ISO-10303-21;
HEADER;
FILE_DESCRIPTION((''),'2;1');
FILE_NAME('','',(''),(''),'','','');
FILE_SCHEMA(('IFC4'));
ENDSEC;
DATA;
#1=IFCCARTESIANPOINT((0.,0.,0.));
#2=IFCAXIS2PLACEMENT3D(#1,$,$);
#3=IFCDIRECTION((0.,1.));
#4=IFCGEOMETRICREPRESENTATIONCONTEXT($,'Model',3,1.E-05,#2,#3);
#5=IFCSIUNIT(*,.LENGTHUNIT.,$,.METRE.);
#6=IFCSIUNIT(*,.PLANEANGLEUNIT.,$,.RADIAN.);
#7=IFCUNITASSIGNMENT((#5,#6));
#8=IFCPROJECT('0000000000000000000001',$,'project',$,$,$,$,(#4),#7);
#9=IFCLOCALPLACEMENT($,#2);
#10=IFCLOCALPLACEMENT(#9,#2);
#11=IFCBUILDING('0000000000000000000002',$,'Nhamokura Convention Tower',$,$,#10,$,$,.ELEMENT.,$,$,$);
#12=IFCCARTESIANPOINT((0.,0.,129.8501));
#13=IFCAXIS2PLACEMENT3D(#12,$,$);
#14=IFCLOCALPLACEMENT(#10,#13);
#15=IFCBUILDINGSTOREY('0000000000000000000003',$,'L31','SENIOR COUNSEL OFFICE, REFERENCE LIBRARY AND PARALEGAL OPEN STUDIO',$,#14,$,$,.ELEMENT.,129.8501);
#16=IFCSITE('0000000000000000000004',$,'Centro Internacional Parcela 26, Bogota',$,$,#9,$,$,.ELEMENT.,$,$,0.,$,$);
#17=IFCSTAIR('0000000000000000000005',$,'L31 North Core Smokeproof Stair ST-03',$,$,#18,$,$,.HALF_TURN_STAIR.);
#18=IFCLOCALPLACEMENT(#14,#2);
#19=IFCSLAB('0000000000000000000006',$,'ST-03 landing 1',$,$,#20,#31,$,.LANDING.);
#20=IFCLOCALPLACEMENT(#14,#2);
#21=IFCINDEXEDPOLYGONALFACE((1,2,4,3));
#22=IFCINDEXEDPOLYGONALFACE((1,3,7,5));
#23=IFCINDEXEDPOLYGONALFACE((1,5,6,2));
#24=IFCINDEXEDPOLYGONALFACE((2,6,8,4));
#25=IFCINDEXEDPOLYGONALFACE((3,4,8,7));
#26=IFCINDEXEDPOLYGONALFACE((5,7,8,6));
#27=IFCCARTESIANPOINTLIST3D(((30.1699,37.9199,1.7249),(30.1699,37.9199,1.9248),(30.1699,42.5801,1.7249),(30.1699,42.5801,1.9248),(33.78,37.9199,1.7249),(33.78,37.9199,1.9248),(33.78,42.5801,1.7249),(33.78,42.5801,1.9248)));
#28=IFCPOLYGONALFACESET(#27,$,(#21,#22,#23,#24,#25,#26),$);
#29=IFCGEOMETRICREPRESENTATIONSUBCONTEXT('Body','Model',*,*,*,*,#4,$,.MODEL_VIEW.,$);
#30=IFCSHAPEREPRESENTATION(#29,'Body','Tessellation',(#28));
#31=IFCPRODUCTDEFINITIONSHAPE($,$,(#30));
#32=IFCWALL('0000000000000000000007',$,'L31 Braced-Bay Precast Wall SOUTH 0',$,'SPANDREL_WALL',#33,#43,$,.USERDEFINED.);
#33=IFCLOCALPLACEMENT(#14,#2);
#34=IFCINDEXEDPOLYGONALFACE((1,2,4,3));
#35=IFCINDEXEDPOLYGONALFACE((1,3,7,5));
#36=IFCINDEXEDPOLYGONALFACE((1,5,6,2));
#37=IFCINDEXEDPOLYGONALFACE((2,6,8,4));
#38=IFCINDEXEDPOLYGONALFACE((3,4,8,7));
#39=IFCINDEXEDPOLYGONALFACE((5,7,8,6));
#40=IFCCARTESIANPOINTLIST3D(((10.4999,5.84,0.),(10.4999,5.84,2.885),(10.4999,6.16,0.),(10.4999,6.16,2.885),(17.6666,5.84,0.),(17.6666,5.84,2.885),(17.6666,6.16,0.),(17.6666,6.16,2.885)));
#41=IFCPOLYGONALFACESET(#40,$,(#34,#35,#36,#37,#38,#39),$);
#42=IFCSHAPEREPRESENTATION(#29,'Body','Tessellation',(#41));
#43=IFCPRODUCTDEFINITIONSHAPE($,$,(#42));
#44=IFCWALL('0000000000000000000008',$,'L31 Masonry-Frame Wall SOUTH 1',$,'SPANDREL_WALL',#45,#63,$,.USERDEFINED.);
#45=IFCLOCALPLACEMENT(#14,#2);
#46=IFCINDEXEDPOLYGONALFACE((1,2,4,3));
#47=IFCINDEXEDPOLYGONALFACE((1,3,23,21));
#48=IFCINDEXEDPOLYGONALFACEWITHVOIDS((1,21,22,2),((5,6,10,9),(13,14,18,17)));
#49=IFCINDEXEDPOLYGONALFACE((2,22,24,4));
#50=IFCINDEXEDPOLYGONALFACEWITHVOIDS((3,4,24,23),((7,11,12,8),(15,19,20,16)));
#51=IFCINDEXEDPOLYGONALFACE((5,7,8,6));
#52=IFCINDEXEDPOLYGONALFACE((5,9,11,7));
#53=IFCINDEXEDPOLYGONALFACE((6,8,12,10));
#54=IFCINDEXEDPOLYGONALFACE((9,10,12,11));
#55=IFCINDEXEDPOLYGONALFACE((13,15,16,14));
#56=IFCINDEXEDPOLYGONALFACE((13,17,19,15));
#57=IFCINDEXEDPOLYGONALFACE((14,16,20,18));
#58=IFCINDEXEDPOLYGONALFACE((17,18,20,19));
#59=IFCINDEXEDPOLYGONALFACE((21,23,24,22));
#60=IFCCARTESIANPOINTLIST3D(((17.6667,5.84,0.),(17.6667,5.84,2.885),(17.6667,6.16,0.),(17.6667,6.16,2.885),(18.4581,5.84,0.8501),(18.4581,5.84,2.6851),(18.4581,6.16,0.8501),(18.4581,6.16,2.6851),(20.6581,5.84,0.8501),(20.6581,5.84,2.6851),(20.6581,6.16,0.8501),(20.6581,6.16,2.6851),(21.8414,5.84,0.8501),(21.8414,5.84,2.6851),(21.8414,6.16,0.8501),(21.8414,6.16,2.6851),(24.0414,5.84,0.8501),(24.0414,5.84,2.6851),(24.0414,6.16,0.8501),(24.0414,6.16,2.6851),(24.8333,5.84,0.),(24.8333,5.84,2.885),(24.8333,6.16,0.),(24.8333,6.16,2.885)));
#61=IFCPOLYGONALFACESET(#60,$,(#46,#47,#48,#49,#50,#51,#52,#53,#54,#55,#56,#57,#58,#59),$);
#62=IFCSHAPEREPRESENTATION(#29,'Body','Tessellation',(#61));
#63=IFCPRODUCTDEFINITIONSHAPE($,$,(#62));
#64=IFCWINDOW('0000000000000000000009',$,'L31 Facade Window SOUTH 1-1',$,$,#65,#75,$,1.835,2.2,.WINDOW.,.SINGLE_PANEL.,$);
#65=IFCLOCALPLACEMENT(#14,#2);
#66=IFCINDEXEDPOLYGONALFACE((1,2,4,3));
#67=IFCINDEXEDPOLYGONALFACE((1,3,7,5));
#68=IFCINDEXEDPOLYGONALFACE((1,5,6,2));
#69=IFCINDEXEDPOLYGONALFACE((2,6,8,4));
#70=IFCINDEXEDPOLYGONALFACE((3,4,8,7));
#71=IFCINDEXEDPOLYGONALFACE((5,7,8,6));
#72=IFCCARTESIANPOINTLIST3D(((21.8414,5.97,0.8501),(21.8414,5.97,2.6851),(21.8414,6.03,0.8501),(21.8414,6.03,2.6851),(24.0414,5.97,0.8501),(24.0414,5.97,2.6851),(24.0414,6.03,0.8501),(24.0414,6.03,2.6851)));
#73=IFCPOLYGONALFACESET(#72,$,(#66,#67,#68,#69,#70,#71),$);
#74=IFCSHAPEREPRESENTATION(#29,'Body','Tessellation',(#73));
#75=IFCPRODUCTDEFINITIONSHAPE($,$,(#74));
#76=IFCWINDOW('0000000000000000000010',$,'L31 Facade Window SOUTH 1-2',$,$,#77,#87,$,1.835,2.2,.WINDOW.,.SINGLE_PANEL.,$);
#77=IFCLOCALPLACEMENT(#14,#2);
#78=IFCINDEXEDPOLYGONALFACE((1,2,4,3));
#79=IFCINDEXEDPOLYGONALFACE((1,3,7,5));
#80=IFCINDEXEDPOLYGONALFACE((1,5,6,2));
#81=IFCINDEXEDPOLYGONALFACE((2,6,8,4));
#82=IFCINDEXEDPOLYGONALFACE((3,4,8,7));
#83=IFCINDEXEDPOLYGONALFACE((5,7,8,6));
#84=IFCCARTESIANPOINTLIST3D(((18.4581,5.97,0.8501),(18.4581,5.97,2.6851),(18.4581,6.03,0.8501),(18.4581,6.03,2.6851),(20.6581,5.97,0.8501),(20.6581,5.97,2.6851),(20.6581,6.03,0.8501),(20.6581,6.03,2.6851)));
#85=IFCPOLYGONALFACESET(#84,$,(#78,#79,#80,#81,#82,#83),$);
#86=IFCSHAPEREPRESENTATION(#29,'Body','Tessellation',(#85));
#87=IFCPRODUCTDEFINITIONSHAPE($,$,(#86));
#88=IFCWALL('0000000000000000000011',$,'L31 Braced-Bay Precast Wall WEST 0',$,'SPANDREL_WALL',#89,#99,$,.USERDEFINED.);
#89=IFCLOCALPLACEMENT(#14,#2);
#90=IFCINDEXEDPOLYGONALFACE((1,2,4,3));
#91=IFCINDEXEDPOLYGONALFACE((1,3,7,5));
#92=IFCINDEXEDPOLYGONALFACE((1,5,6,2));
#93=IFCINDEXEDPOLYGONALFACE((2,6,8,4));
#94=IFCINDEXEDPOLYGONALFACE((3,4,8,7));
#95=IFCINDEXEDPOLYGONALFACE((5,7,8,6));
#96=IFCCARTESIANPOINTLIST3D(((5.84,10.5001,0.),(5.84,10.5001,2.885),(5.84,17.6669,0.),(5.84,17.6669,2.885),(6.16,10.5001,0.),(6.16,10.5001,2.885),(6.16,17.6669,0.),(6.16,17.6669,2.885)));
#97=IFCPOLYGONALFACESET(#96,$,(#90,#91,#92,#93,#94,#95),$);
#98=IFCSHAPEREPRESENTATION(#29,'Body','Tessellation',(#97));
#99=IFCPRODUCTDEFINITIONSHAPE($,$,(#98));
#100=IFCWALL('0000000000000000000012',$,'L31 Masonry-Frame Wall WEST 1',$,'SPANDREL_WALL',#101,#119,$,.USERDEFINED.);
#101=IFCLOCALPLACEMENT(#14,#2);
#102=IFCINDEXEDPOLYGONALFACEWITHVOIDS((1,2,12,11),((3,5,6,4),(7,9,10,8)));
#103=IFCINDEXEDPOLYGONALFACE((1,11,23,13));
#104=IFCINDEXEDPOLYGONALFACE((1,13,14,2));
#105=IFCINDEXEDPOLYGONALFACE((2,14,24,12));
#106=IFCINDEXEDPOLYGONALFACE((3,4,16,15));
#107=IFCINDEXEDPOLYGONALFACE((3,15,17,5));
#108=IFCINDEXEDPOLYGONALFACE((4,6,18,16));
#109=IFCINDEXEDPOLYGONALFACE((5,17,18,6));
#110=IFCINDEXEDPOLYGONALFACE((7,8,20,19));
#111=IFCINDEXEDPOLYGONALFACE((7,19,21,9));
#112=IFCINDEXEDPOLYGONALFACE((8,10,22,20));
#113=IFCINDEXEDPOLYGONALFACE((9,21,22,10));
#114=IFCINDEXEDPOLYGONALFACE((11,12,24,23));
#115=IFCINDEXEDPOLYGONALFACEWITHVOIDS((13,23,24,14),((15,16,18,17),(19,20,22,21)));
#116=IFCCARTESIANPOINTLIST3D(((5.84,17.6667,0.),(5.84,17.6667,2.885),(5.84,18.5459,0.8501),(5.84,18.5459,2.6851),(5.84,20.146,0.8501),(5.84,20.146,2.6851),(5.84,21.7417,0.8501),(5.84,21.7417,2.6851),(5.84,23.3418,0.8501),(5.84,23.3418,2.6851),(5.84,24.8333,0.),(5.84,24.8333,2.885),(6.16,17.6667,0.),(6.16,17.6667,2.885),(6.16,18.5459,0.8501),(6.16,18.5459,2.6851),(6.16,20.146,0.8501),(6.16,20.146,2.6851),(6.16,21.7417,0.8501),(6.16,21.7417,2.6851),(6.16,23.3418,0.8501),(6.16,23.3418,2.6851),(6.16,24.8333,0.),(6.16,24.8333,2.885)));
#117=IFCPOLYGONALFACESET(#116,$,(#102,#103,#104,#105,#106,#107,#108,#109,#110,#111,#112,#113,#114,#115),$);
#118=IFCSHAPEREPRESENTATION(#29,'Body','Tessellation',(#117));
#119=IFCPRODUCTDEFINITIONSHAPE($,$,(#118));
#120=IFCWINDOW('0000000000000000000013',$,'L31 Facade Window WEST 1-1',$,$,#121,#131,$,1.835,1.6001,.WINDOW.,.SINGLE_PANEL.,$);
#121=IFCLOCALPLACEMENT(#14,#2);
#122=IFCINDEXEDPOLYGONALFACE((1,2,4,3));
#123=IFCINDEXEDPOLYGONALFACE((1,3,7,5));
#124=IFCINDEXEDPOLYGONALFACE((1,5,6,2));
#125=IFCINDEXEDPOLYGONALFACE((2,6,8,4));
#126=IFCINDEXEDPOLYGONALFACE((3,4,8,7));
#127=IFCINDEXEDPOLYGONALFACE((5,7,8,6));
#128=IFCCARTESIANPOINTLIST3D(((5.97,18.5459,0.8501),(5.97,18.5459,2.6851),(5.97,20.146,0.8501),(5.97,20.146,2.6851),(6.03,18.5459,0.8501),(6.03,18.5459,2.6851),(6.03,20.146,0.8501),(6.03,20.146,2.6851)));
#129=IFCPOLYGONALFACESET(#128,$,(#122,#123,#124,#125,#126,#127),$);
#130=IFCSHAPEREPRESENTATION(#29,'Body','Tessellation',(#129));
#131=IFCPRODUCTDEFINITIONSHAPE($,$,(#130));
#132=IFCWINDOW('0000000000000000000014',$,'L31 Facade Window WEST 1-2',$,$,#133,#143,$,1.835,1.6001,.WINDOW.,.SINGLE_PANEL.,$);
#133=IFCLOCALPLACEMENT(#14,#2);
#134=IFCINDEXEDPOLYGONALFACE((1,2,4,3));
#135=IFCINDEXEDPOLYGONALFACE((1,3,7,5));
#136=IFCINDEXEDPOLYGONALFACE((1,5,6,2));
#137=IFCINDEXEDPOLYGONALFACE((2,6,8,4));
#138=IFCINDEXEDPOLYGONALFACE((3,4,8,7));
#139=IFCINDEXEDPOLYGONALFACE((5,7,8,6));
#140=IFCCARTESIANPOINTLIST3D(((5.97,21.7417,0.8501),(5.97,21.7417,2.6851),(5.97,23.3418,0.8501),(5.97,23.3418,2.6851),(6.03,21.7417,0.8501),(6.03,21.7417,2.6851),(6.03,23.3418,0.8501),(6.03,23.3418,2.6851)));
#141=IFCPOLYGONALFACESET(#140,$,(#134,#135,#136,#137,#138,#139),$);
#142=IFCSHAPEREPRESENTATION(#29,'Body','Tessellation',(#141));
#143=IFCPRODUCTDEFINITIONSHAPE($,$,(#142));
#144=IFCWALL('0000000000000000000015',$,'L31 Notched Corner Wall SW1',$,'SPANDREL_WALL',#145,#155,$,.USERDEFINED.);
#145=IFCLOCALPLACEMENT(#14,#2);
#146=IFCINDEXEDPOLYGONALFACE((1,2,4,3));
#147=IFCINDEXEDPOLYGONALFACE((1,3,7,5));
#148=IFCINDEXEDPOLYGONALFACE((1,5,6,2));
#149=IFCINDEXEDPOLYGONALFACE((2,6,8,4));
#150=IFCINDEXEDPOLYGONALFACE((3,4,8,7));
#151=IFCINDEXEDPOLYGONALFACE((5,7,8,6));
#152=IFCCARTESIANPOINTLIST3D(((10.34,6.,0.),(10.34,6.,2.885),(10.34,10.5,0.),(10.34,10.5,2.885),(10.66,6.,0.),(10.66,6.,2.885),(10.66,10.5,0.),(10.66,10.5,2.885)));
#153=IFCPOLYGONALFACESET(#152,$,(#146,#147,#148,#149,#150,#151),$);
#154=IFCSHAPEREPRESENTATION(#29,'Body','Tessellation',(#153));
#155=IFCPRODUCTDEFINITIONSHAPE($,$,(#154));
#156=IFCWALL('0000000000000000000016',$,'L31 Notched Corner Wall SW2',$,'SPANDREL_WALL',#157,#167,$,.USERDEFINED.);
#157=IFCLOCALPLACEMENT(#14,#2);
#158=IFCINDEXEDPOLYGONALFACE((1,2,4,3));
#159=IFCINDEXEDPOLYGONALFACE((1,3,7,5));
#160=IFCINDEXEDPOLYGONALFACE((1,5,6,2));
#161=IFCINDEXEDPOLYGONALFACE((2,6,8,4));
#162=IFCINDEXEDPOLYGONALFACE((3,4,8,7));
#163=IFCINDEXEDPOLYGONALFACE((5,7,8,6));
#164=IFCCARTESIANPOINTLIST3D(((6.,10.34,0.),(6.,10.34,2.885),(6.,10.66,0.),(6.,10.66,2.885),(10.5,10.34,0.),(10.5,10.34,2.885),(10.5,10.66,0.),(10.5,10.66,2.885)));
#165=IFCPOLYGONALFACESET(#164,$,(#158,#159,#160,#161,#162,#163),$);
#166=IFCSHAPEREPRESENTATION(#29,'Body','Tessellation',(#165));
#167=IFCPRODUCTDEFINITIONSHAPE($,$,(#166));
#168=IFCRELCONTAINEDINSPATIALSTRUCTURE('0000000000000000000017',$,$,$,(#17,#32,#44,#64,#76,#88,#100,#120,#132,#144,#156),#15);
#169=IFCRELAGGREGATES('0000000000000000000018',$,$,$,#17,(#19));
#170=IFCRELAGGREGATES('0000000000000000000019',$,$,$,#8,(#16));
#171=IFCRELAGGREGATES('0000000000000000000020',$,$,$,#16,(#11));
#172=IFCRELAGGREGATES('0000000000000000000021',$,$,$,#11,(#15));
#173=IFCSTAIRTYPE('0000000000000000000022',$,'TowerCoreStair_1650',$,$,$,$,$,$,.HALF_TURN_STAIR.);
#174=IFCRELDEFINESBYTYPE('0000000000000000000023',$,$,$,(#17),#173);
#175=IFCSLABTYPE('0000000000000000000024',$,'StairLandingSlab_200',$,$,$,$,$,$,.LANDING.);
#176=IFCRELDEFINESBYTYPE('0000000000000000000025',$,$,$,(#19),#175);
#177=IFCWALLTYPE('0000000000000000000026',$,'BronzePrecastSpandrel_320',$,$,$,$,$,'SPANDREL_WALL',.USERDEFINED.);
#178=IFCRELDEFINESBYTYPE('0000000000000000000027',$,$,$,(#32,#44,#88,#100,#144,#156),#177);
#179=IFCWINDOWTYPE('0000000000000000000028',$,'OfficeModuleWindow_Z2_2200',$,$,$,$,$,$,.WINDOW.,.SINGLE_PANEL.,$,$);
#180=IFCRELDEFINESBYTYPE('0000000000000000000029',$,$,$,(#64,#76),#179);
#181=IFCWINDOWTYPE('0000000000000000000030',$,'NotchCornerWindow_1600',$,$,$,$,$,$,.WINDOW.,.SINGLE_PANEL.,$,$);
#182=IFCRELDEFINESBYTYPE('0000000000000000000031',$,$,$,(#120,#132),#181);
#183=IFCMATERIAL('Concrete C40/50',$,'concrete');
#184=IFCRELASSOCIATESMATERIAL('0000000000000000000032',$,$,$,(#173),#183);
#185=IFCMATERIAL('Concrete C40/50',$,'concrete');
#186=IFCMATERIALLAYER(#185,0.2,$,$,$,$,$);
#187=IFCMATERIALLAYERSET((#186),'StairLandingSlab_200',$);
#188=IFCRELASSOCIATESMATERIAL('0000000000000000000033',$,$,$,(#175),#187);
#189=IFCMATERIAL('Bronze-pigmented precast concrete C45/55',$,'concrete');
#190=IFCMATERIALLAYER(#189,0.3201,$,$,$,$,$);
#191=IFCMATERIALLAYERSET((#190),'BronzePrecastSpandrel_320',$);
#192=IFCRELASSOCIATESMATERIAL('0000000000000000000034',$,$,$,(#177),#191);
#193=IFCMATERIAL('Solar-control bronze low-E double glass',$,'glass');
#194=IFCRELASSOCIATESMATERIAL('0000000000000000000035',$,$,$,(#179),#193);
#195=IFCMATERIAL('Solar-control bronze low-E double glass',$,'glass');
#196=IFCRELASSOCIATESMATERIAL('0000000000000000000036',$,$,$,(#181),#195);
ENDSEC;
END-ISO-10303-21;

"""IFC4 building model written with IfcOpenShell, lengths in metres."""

from ifc_helpers import new_model, si_unit, direction, frame, frame_2d, origin, place, context, subcontext, project, spatial, polyline, rectangle, outline, extrude, material, layer, layer_set, type_object, element, fill, aggregate, save


model = new_model("IFC4")

# Units and contexts
model_context = context("Model", 3, precision=1e-05, world=origin(), true_north=direction((0.0, 1.0)))
body_context = subcontext(model_context, "Body", "Model", "MODEL_VIEW")
ifc_project = project(units=[si_unit("LENGTHUNIT", "METRE"), si_unit("PLANEANGLEUNIT", "RADIAN")], contexts=[model_context])

# Site, building, storey
site_placement = place(None, origin())
site = spatial("IfcSite", under=ifc_project, at=site_placement, Name="Centro Internacional Parcela 26, Bogota", CompositionType="ELEMENT", RefElevation=0.0)
building_placement = place(site_placement, origin())
building = spatial("IfcBuilding", under=site, at=building_placement, Name="Nhamokura Convention Tower", CompositionType="ELEMENT")
storey_placement = place(building_placement, frame((0.0, 0.0, 129.8501)))
storey = spatial("IfcBuildingStorey", under=building, at=storey_placement, Name="L31", Description="SENIOR COUNSEL OFFICE, REFERENCE LIBRARY AND PARALEGAL OPEN STUDIO", CompositionType="ELEMENT", Elevation=129.8501)

# Stair, slab
ifc_material_1 = material(Name="Concrete C40/50", Category="concrete")
stair_type = type_object("IfcStairType", Name="TowerCoreStair_1650", PredefinedType="HALF_TURN_STAIR", material=ifc_material_1)
ifc_material_2 = material(Name="Concrete C40/50", Category="concrete")
ifc_layer_1 = layer(ifc_material_2, 0.2)
ifc_layer_set_1 = layer_set([ifc_layer_1], Name="StairLandingSlab_200")
slab_type_1 = type_object("IfcSlabType", Name="StairLandingSlab_200", PredefinedType="LANDING", material=ifc_layer_set_1)
stair_1_placement = place(storey_placement, origin())
stair_1 = element("IfcStair", 1, at=stair_1_placement, inside=storey, type_object=stair_type, Name="L31 North Core Smokeproof Stair ST-03", PredefinedType="HALF_TURN_STAIR")
slab_1_placement = place(storey_placement, frame((0.0, 0.0, 1.7249)))
slab_1 = element("IfcSlab", 2, at=slab_1_placement, type_object=slab_type_1, Name="ST-03 landing 1", PredefinedType="LANDING", context=body_context, shape_type="SweptSolid", body=[
    extrude(outline(polyline([(33.78, 37.9199), (33.78, 42.5801), (30.1699, 42.5801), (30.1699, 37.9199), (33.78, 37.9199)])), origin(), (0.0, 0.0, 1.0), 0.2),
])
aggregate(stair_1, [slab_1])

# Wall
ifc_material_3 = material(Name="Bronze-pigmented precast concrete C45/55", Category="concrete")
ifc_layer_2 = layer(ifc_material_3, 0.3201)
ifc_layer_set_2 = layer_set([ifc_layer_2], Name="BronzePrecastSpandrel_320")
wall_type_1 = type_object("IfcWallType", Name="BronzePrecastSpandrel_320", ElementType="SPANDREL_WALL", PredefinedType="USERDEFINED", material=ifc_layer_set_2)
wall_1_placement = place(storey_placement, frame((17.6667, 6.0, 0.0), z_axis=(0.0, 0.0, 1.0), x_axis=(-1.0, 0.0, 0.0)))
element("IfcWall", 3, at=wall_1_placement, inside=storey, type_object=wall_type_1, Name="L31 Braced-Bay Precast Wall SOUTH 0", ObjectType="SPANDREL_WALL", PredefinedType="USERDEFINED", context=body_context, shape_type="SweptSolid", body=[
    extrude(rectangle(XDim=7.1667, YDim=0.3201, at=frame_2d((3.5835, 0.0))), origin(), (0.0, 0.0, 1.0), 2.885),
])

# Wall, openings, windows
wall_2_placement = place(storey_placement, frame((24.8333, 6.0, 0.0), z_axis=(0.0, 0.0, 1.0), x_axis=(-1.0, 0.0, 0.0)))
wall_2 = element("IfcWall", 4, at=wall_2_placement, inside=storey, type_object=wall_type_1, Name="L31 Masonry-Frame Wall SOUTH 1", ObjectType="SPANDREL_WALL", PredefinedType="USERDEFINED", context=body_context, shape_type="SweptSolid", body=[
    extrude(rectangle(XDim=7.1665, YDim=0.3201, at=frame_2d((3.5833, 0.0))), origin(), (0.0, 0.0, 1.0), 2.885),
])
opening_1_placement = place(wall_2_placement, frame((0.7917, 0.0, 0.8501)))
opening_1 = element("IfcOpeningElement", 5, at=opening_1_placement, cuts=wall_2, PredefinedType="OPENING", context=body_context, shape_type="SweptSolid", body=[
    extrude(rectangle(XDim=2.2, YDim=1.835, at=frame_2d((1.1001, 0.9175))), frame((0.0, 0.1699, 0.0), z_axis=(0.0, -1.0, 0.0), x_axis=(1.0, 0.0, 0.0)), (0.0, 0.0, 1.0), 0.3401),
])
opening_2_placement = place(wall_2_placement, frame((4.175, 0.0, 0.8501)))
opening_2 = element("IfcOpeningElement", 6, at=opening_2_placement, cuts=wall_2, PredefinedType="OPENING", context=body_context, shape_type="SweptSolid", body=[
    extrude(rectangle(XDim=2.2, YDim=1.835, at=frame_2d((1.1001, 0.9175))), frame((0.0, 0.1699, 0.0), z_axis=(0.0, -1.0, 0.0), x_axis=(1.0, 0.0, 0.0)), (0.0, 0.0, 1.0), 0.3401),
])
ifc_material_4 = material(Name="Solar-control bronze low-E double glass", Category="glass")
window_type_1 = type_object("IfcWindowType", Name="OfficeModuleWindow_Z2_2200", PartitioningType="SINGLE_PANEL", PredefinedType="WINDOW", material=ifc_material_4)
window_1_placement = place(opening_1_placement, origin())
window_1 = element("IfcWindow", 7, at=window_1_placement, inside=storey, type_object=window_type_1, Name="L31 Facade Window SOUTH 1-1", OverallHeight=1.835, OverallWidth=2.2, PartitioningType="SINGLE_PANEL", PredefinedType="WINDOW", context=body_context, shape_type="SweptSolid", body=[
    extrude(rectangle(XDim=2.2, YDim=1.835, at=frame_2d((1.1001, 0.9175))), frame((0.0, 0.03, 0.0), z_axis=(0.0, -1.0, 0.0), x_axis=(1.0, 0.0, 0.0)), (0.0, 0.0, 1.0), 0.0601),
])
fill(opening_1, window_1)
window_2_placement = place(opening_2_placement, origin())
window_2 = element("IfcWindow", 8, at=window_2_placement, inside=storey, type_object=window_type_1, Name="L31 Facade Window SOUTH 1-2", OverallHeight=1.835, OverallWidth=2.2, PartitioningType="SINGLE_PANEL", PredefinedType="WINDOW", context=body_context, shape_type="SweptSolid", body=[
    extrude(rectangle(XDim=2.2, YDim=1.835, at=frame_2d((1.1001, 0.9175))), frame((0.0, 0.03, 0.0), z_axis=(0.0, -1.0, 0.0), x_axis=(1.0, 0.0, 0.0)), (0.0, 0.0, 1.0), 0.0601),
])
fill(opening_2, window_2)

# Wall
wall_3_placement = place(storey_placement, frame((6.0, 10.5, 0.0), z_axis=(0.0, 0.0, 1.0), x_axis=(0.0, 1.0, 0.0)))
element("IfcWall", 9, at=wall_3_placement, inside=storey, type_object=wall_type_1, Name="L31 Braced-Bay Precast Wall WEST 0", ObjectType="SPANDREL_WALL", PredefinedType="USERDEFINED", context=body_context, shape_type="SweptSolid", body=[
    extrude(rectangle(XDim=7.1667, YDim=0.3201, at=frame_2d((3.5835, 0.0))), origin(), (0.0, 0.0, 1.0), 2.885),
])

# Wall, openings, windows
wall_4_placement = place(storey_placement, frame((6.0, 17.6667, 0.0), z_axis=(0.0, 0.0, 1.0), x_axis=(0.0, 1.0, 0.0)))
wall_4 = element("IfcWall", 10, at=wall_4_placement, inside=storey, type_object=wall_type_1, Name="L31 Masonry-Frame Wall WEST 1", ObjectType="SPANDREL_WALL", PredefinedType="USERDEFINED", context=body_context, shape_type="SweptSolid", body=[
    extrude(rectangle(XDim=7.1665, YDim=0.3201, at=frame_2d((3.5833, 0.0))), origin(), (0.0, 0.0, 1.0), 2.885),
])
opening_3_placement = place(wall_4_placement, frame((0.8792, 0.0, 0.8501)))
opening_3 = element("IfcOpeningElement", 11, at=opening_3_placement, cuts=wall_4, PredefinedType="OPENING", context=body_context, shape_type="SweptSolid", body=[
    extrude(rectangle(XDim=1.6001, YDim=1.835, at=frame_2d((0.8, 0.9175))), frame((0.0, 0.1699, 0.0), z_axis=(0.0, -1.0, 0.0), x_axis=(1.0, 0.0, 0.0)), (0.0, 0.0, 1.0), 0.3401),
])
opening_4_placement = place(wall_4_placement, frame((4.075, 0.0, 0.8501)))
opening_4 = element("IfcOpeningElement", 12, at=opening_4_placement, cuts=wall_4, PredefinedType="OPENING", context=body_context, shape_type="SweptSolid", body=[
    extrude(rectangle(XDim=1.6001, YDim=1.835, at=frame_2d((0.8, 0.9175))), frame((0.0, 0.1699, 0.0), z_axis=(0.0, -1.0, 0.0), x_axis=(1.0, 0.0, 0.0)), (0.0, 0.0, 1.0), 0.3401),
])
ifc_material_5 = material(Name="Solar-control bronze low-E double glass", Category="glass")
window_type_2 = type_object("IfcWindowType", Name="NotchCornerWindow_1600", PartitioningType="SINGLE_PANEL", PredefinedType="WINDOW", material=ifc_material_5)
window_3_placement = place(opening_3_placement, origin())
window_3 = element("IfcWindow", 13, at=window_3_placement, inside=storey, type_object=window_type_2, Name="L31 Facade Window WEST 1-1", OverallHeight=1.835, OverallWidth=1.6001, PartitioningType="SINGLE_PANEL", PredefinedType="WINDOW", context=body_context, shape_type="SweptSolid", body=[
    extrude(rectangle(XDim=1.6001, YDim=1.835, at=frame_2d((0.8, 0.9175))), frame((0.0, 0.03, 0.0), z_axis=(0.0, -1.0, 0.0), x_axis=(1.0, 0.0, 0.0)), (0.0, 0.0, 1.0), 0.0601),
])
fill(opening_3, window_3)
window_4_placement = place(opening_4_placement, origin())
window_4 = element("IfcWindow", 14, at=window_4_placement, inside=storey, type_object=window_type_2, Name="L31 Facade Window WEST 1-2", OverallHeight=1.835, OverallWidth=1.6001, PartitioningType="SINGLE_PANEL", PredefinedType="WINDOW", context=body_context, shape_type="SweptSolid", body=[
    extrude(rectangle(XDim=1.6001, YDim=1.835, at=frame_2d((0.8, 0.9175))), frame((0.0, 0.03, 0.0), z_axis=(0.0, -1.0, 0.0), x_axis=(1.0, 0.0, 0.0)), (0.0, 0.0, 1.0), 0.0601),
])
fill(opening_4, window_4)

# Walls
for number, where, z_axis, x_axis, name in (
    (15, (10.5, 6.0, 0.0), (0.0, 0.0, 1.0), (0.0, 1.0, 0.0), "L31 Notched Corner Wall SW1"),
    (16, (10.5, 10.5, 0.0), (0.0, 0.0, 1.0), (-1.0, 0.0, 0.0), "L31 Notched Corner Wall SW2"),
):
    element("IfcWall", number, at=place(storey_placement, frame(where, z_axis=z_axis, x_axis=x_axis)), inside=storey, type_object=wall_type_1, Name=name, ObjectType="SPANDREL_WALL", PredefinedType="USERDEFINED", context=body_context, shape_type="SweptSolid", body=[
        extrude(rectangle(XDim=4.5, YDim=0.3201, at=frame_2d((2.25, 0.0))), origin(), (0.0, 0.0, 1.0), 2.885),
    ])

save(model, "model.ifc")
